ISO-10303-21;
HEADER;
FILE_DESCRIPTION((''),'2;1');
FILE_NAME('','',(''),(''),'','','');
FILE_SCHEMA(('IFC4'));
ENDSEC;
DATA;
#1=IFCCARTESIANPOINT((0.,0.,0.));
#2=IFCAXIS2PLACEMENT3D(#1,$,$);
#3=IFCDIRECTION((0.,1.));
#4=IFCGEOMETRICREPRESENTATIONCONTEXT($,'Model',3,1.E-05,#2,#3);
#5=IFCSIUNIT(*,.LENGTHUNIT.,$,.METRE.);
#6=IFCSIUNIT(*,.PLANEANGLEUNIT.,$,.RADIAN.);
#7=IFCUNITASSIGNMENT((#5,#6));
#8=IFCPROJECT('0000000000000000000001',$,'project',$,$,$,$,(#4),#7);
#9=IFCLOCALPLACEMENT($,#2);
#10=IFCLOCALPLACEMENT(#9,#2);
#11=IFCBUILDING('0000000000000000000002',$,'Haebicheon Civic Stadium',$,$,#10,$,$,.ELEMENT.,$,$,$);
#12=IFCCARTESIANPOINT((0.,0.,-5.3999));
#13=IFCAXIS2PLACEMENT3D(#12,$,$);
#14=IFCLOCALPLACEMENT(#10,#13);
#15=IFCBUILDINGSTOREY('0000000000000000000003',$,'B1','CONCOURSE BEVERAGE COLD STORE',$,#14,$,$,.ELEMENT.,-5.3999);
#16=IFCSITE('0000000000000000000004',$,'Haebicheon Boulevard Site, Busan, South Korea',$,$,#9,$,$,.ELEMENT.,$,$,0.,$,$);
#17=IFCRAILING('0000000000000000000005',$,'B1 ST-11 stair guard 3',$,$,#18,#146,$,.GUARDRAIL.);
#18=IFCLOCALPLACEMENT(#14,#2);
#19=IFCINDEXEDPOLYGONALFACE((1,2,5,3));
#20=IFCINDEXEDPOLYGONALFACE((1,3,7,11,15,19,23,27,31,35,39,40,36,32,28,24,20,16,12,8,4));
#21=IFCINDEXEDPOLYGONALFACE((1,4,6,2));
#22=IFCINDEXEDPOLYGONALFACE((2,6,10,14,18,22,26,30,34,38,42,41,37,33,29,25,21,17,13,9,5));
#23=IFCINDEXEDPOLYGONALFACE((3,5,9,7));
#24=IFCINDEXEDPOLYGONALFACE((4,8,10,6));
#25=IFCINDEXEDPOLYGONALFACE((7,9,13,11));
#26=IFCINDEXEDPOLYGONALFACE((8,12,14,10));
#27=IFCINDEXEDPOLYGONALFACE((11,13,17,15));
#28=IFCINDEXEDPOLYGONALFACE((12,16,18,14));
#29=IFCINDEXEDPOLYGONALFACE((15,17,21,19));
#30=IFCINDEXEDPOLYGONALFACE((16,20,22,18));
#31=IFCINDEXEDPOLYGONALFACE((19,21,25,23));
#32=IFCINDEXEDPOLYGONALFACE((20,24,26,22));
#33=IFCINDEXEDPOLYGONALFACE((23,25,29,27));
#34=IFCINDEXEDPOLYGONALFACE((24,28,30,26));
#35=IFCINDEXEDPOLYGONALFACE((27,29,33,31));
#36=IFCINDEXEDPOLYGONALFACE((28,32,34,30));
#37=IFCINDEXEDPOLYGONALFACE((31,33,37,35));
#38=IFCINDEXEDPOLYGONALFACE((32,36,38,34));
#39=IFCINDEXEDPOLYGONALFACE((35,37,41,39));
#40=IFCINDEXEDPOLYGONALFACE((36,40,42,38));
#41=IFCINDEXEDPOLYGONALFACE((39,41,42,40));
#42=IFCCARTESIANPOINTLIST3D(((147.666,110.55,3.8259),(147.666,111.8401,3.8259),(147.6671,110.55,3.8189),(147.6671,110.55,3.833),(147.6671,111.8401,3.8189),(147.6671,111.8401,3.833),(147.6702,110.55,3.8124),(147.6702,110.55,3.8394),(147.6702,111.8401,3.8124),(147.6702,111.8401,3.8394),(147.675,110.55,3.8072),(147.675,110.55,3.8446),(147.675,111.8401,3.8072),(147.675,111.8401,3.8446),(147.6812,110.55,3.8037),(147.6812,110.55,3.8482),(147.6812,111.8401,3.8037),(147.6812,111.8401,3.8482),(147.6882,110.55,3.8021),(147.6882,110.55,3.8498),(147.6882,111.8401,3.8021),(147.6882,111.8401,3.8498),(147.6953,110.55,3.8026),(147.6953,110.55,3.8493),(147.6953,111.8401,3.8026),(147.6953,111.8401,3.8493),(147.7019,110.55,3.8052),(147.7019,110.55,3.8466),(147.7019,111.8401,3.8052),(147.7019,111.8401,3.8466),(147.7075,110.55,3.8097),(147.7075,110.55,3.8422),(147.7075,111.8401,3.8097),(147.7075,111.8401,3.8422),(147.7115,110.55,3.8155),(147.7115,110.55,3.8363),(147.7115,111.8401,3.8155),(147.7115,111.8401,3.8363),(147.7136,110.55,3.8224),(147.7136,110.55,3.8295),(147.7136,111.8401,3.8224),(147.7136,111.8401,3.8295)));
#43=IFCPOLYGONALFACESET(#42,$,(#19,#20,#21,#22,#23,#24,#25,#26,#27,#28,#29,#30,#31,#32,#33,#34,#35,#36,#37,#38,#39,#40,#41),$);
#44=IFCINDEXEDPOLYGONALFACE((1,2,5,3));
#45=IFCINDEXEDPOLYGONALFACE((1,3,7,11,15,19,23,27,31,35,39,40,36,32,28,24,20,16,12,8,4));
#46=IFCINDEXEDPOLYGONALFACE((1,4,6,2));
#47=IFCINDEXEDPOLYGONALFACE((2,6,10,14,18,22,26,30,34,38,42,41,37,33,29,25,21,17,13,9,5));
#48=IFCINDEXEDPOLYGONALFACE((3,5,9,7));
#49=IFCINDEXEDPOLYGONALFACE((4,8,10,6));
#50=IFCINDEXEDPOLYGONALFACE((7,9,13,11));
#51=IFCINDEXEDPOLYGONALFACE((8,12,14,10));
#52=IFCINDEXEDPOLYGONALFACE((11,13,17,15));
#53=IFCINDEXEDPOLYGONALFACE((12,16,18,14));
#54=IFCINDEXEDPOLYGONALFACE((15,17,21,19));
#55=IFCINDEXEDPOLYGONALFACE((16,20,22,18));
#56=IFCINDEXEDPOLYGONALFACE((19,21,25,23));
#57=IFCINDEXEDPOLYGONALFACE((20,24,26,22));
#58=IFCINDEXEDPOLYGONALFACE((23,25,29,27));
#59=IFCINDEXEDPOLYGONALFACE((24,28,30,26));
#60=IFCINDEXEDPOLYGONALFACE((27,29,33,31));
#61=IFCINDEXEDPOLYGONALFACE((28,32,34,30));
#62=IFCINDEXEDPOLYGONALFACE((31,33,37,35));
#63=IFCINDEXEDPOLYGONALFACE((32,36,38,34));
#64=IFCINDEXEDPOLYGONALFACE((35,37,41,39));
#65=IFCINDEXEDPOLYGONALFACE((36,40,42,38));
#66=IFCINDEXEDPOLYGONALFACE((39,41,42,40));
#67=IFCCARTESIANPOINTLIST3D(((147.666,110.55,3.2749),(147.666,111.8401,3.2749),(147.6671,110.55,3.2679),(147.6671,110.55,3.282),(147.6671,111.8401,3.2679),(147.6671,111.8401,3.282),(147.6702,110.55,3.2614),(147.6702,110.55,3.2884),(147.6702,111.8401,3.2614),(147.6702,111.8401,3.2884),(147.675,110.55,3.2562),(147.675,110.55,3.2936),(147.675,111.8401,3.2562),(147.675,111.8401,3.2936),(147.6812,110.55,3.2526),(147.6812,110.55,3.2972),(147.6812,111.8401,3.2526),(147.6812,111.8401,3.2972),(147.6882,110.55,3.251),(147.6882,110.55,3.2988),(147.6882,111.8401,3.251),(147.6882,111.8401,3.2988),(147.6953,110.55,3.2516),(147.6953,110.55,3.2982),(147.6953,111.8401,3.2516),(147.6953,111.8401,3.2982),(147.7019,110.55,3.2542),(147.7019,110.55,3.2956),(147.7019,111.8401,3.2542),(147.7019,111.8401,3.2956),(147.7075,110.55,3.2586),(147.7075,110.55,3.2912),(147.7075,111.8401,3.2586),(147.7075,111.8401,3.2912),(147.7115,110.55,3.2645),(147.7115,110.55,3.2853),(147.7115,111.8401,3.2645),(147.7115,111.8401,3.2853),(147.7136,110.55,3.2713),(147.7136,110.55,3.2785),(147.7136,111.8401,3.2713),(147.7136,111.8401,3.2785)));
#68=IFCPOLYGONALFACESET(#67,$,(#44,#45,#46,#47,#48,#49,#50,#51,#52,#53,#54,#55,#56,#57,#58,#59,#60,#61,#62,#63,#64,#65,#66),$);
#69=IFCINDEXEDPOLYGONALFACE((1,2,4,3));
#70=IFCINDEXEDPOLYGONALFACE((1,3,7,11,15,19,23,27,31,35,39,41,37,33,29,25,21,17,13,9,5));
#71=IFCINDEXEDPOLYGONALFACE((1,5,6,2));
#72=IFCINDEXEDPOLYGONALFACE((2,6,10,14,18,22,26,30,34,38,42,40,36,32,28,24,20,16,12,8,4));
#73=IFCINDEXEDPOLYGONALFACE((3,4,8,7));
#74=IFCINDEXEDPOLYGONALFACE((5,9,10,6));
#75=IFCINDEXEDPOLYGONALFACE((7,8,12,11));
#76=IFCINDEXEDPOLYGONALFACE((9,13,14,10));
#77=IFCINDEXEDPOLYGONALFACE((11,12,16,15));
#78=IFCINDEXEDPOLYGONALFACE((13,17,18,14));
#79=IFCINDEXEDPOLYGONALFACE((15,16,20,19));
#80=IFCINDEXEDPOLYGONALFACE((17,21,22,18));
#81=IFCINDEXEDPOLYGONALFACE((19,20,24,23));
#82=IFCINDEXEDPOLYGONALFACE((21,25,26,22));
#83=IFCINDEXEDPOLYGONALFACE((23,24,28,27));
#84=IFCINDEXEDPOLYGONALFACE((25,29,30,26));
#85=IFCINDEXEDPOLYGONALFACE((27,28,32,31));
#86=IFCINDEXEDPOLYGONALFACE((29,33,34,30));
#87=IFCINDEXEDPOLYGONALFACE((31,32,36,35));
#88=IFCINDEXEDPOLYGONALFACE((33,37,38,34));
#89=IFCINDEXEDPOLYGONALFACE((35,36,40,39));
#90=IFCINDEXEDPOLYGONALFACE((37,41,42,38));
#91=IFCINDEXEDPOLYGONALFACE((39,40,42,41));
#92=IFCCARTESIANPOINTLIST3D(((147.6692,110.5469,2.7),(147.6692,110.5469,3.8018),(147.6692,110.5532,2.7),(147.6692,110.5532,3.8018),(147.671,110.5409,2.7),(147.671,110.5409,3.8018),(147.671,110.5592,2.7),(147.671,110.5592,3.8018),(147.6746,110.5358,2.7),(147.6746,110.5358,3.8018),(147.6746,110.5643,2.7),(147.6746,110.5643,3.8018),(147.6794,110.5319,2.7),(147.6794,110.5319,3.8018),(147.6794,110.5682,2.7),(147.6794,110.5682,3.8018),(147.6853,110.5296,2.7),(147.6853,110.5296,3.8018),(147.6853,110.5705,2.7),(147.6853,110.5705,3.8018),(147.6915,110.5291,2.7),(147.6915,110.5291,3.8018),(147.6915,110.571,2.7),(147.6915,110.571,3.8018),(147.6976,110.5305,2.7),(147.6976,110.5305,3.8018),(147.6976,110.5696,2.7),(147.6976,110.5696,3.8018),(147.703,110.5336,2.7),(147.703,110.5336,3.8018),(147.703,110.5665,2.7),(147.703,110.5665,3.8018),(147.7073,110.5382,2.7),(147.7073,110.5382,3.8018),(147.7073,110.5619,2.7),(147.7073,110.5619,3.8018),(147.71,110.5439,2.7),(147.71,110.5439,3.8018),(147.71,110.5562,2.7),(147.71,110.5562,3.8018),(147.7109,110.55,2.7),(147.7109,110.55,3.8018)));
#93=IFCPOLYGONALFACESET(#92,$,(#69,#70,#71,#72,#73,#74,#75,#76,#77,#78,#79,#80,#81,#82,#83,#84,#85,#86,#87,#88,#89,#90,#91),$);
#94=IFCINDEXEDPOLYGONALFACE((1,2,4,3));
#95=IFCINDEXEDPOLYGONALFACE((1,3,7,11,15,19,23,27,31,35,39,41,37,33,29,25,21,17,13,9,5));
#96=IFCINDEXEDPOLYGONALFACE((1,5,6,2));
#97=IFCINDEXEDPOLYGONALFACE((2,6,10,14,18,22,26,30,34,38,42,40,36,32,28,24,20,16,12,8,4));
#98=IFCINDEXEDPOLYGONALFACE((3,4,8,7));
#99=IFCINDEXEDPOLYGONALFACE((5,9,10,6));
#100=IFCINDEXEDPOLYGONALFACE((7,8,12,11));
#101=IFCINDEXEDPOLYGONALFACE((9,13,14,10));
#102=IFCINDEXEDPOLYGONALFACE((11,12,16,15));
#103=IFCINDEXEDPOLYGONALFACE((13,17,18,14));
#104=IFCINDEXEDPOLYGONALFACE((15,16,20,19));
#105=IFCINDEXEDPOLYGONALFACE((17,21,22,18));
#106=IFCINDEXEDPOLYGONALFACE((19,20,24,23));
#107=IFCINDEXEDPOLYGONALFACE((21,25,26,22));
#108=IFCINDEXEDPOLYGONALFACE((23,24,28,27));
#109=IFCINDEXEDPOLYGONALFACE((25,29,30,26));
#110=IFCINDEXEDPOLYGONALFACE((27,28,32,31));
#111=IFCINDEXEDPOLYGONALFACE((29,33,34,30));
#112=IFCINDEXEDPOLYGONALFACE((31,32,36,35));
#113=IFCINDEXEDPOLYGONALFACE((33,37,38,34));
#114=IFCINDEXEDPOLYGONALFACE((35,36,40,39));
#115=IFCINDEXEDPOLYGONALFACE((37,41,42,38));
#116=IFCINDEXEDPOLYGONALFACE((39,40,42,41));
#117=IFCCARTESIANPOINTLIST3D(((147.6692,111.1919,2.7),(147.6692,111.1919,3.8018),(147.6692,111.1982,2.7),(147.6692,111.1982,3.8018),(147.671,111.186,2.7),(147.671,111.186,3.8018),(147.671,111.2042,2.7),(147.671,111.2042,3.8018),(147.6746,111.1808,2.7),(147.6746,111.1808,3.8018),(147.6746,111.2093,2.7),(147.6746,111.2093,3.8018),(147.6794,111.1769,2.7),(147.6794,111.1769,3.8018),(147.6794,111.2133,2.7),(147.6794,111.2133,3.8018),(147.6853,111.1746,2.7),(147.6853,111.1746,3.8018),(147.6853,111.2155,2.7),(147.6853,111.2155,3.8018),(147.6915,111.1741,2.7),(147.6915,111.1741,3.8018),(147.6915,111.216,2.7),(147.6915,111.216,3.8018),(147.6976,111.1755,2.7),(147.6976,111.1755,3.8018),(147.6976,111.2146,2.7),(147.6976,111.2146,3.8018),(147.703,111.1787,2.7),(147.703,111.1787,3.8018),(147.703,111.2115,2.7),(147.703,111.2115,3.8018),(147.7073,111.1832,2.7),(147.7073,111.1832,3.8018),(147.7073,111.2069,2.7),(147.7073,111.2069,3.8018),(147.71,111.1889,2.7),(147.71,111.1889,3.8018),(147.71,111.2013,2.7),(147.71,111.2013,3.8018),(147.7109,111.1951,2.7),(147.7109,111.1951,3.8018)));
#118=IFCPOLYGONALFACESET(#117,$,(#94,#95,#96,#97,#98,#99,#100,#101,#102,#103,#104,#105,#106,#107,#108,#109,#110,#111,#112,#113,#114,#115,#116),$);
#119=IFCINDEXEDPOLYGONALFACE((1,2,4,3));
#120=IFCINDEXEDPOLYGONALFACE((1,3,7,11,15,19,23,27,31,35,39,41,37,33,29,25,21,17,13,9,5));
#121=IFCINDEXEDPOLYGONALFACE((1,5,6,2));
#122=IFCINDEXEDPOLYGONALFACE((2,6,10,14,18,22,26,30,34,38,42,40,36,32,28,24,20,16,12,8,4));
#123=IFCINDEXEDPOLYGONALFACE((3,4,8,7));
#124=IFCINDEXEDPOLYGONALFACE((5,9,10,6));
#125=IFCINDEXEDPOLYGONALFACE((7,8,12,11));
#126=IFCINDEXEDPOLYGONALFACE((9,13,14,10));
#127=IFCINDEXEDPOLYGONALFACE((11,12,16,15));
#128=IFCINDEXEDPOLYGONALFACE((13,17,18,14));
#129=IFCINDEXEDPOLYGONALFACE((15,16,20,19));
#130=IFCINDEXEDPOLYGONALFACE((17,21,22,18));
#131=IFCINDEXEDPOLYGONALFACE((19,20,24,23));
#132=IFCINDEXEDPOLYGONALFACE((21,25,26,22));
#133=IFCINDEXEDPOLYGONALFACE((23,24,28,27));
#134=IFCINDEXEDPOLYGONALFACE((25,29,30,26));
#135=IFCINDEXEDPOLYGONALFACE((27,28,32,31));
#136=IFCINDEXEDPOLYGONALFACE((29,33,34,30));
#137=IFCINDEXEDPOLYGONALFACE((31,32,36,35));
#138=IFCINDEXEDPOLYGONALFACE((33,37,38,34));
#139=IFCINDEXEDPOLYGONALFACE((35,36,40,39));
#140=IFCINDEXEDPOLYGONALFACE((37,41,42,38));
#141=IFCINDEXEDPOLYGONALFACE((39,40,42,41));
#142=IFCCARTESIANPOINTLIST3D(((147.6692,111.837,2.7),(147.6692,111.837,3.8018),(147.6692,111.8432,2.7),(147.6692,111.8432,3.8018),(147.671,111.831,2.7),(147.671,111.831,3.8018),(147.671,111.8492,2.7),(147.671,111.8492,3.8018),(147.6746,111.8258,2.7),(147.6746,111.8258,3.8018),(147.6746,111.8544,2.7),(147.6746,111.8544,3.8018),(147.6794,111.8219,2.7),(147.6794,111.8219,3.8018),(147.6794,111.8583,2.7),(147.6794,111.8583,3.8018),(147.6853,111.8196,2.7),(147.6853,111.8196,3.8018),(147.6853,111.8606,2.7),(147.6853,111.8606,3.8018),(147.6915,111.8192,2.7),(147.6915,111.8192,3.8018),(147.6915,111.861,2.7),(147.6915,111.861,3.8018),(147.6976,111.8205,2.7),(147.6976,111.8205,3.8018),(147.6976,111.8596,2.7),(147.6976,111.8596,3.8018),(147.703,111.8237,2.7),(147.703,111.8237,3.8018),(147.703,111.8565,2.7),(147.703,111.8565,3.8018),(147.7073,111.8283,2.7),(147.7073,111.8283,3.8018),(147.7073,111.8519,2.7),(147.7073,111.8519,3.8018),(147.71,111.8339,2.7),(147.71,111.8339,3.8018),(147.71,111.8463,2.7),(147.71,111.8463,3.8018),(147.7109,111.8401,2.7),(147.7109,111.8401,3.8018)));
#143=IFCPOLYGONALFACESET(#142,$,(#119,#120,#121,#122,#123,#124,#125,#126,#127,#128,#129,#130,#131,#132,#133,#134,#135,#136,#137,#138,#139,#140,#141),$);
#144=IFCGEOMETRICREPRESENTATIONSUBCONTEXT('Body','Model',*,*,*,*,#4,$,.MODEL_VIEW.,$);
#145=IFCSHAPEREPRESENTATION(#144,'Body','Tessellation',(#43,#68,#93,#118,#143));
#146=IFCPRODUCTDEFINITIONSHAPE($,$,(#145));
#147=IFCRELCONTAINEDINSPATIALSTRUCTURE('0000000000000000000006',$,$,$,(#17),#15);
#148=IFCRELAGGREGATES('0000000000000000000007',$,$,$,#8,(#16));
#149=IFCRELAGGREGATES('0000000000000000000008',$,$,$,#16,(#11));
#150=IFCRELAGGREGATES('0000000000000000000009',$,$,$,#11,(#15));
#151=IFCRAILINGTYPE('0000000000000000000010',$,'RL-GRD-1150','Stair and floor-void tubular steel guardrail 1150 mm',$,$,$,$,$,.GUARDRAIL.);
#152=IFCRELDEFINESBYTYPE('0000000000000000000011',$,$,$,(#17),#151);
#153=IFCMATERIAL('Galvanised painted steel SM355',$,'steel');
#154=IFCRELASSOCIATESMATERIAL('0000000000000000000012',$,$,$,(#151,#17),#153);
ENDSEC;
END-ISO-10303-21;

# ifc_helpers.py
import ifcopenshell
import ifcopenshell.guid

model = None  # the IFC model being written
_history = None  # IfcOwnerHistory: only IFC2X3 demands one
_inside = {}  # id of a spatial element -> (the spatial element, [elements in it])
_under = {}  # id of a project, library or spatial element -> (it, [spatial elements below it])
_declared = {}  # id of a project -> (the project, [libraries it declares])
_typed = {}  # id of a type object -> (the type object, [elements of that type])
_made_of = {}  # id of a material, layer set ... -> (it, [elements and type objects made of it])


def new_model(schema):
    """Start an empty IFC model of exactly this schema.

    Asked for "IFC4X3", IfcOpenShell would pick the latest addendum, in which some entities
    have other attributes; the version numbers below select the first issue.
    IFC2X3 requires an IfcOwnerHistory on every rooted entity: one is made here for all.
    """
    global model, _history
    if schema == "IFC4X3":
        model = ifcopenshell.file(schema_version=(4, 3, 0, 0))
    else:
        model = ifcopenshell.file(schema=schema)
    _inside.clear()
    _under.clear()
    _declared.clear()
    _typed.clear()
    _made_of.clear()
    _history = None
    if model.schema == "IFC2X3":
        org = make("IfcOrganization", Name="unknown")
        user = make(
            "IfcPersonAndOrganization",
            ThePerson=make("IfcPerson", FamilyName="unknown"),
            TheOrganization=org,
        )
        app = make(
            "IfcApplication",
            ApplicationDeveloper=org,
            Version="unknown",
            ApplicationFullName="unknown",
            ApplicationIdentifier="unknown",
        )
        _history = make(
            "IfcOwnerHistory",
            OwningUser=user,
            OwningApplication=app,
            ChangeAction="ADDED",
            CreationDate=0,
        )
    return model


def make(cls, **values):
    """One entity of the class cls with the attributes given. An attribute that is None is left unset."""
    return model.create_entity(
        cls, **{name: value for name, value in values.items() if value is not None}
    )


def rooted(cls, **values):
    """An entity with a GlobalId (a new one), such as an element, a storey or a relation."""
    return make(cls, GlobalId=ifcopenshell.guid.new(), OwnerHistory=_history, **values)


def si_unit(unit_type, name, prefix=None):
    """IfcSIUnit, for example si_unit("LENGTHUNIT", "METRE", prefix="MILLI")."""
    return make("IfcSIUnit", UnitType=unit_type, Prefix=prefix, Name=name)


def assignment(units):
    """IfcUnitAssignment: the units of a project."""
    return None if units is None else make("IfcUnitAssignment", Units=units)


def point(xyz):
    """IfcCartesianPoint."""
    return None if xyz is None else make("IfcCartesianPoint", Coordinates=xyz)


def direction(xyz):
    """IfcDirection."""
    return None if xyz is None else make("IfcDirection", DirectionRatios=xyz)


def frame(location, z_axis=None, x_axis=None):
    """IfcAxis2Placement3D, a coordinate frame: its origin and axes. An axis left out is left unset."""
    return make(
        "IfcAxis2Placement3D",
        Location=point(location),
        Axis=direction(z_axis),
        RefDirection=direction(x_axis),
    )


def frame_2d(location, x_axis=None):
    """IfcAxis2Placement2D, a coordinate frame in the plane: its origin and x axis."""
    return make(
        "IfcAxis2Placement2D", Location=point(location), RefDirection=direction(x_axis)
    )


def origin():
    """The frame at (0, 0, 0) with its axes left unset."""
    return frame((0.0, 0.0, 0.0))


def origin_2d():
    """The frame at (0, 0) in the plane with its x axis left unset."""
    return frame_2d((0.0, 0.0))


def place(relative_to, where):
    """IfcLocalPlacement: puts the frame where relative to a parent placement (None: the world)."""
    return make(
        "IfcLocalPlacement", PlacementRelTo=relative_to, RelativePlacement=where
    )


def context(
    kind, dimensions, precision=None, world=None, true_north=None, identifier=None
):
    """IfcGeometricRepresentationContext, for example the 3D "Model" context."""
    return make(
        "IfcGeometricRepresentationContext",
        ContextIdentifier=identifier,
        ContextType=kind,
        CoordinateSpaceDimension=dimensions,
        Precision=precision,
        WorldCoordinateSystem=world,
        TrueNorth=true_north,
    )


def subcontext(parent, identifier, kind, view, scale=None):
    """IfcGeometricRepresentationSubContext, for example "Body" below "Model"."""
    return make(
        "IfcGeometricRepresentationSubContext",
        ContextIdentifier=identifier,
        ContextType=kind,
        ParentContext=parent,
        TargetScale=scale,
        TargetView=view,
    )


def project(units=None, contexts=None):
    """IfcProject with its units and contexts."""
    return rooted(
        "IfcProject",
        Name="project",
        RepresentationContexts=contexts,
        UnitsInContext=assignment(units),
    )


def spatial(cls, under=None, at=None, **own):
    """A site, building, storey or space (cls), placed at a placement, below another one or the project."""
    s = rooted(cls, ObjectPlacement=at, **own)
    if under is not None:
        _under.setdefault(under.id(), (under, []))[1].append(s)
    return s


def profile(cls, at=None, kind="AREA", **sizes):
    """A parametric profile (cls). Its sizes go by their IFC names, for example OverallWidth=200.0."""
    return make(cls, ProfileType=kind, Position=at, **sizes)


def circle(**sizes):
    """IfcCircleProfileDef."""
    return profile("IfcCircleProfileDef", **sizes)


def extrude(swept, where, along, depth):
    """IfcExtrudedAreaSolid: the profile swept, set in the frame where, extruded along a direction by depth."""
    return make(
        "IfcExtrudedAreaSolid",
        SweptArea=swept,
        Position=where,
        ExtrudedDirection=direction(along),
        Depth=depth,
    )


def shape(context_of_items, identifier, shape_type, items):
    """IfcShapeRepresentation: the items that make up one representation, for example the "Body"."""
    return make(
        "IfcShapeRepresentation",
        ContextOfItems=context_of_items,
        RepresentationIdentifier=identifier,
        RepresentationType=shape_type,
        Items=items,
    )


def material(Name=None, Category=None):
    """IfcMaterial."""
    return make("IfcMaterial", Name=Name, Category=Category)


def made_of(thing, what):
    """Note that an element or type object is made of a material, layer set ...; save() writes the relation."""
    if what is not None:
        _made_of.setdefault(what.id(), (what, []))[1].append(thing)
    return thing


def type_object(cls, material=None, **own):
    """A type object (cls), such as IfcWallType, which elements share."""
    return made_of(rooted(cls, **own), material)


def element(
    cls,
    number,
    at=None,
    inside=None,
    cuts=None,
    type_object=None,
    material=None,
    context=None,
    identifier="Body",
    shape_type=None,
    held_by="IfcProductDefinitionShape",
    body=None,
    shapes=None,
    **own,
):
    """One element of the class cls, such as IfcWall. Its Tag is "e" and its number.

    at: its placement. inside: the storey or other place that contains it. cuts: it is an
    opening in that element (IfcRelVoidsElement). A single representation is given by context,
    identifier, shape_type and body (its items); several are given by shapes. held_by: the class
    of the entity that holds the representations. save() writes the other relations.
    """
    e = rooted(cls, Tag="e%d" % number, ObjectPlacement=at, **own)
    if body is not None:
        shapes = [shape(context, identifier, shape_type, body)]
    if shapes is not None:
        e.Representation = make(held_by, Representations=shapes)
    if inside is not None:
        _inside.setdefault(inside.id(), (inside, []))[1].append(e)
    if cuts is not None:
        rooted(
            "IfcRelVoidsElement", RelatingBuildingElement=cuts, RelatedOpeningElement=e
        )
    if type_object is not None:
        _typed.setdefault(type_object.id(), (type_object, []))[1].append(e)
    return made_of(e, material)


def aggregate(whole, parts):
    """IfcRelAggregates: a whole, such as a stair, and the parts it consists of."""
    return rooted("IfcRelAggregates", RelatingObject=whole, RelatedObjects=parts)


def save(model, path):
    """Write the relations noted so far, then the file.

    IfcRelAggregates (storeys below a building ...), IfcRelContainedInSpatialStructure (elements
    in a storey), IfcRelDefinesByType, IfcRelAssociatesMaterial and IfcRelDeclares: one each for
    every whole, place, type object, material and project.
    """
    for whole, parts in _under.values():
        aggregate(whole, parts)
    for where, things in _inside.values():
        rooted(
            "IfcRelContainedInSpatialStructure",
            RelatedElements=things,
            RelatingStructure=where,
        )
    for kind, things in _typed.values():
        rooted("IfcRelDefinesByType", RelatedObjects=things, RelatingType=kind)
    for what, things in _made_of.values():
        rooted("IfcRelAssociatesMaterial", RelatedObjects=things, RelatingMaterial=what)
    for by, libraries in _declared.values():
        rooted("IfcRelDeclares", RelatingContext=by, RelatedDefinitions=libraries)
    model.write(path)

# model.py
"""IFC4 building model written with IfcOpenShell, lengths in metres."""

from ifc_helpers import new_model, si_unit, direction, frame, origin, origin_2d, place, context, subcontext, project, spatial, circle, extrude, material, type_object, element, save


model = new_model("IFC4")

# Units and contexts
model_context = context("Model", 3, precision=1e-05, world=origin(), true_north=direction((0.0, 1.0)))
body_context = subcontext(model_context, "Body", "Model", "MODEL_VIEW")
ifc_project = project(units=[si_unit("LENGTHUNIT", "METRE"), si_unit("PLANEANGLEUNIT", "RADIAN")], contexts=[model_context])

# Site, building, storey
site_placement = place(None, origin())
site = spatial("IfcSite", under=ifc_project, at=site_placement, Name="Haebicheon Boulevard Site, Busan, South Korea", CompositionType="ELEMENT", RefElevation=0.0)
building_placement = place(site_placement, origin())
building = spatial("IfcBuilding", under=site, at=building_placement, Name="Haebicheon Civic Stadium", CompositionType="ELEMENT")
storey_placement = place(building_placement, frame((0.0, 0.0, -5.3999)))
storey = spatial("IfcBuildingStorey", under=building, at=storey_placement, Name="B1", Description="CONCOURSE BEVERAGE COLD STORE", CompositionType="ELEMENT", Elevation=-5.3999)

# Railing
ifc_material_1 = material(Name="Galvanised painted steel SM355", Category="steel")
railing_type_1 = type_object("IfcRailingType", Name="RL-GRD-1150", Description="Stair and floor-void tubular steel guardrail 1150 mm", PredefinedType="GUARDRAIL", material=ifc_material_1)
railing_1_placement = place(storey_placement, frame((147.6899, 110.55, 2.7)))
element("IfcRailing", 1, at=railing_1_placement, inside=storey, type_object=railing_type_1, material=ifc_material_1, Name="B1 ST-11 stair guard 3", PredefinedType="GUARDRAIL", context=body_context, shape_type="SweptSolid", body=[
    extrude(circle(Radius=0.0239, at=origin_2d()), frame((0.0, 0.0, 1.126), z_axis=(0.0, 1.0, 0.0), x_axis=(-1.0, 0.0, 0.0)), (0.0, 0.0, 1.0), 1.29),
    extrude(circle(Radius=0.0239, at=origin_2d()), frame((0.0, 0.0, 0.575), z_axis=(0.0, 1.0, 0.0), x_axis=(-1.0, 0.0, 0.0)), (0.0, 0.0, 1.0), 1.29),
    extrude(circle(Radius=0.021, at=origin_2d()), origin(), (0.0, 0.0, 1.0), 1.1018),
    extrude(circle(Radius=0.021, at=origin_2d()), frame((0.0, 0.645, 0.0)), (0.0, 0.0, 1.0), 1.1018),
    extrude(circle(Radius=0.021, at=origin_2d()), frame((0.0, 1.29, 0.0)), (0.0, 0.0, 1.0), 1.1018),
])

save(model, "model.ifc")
